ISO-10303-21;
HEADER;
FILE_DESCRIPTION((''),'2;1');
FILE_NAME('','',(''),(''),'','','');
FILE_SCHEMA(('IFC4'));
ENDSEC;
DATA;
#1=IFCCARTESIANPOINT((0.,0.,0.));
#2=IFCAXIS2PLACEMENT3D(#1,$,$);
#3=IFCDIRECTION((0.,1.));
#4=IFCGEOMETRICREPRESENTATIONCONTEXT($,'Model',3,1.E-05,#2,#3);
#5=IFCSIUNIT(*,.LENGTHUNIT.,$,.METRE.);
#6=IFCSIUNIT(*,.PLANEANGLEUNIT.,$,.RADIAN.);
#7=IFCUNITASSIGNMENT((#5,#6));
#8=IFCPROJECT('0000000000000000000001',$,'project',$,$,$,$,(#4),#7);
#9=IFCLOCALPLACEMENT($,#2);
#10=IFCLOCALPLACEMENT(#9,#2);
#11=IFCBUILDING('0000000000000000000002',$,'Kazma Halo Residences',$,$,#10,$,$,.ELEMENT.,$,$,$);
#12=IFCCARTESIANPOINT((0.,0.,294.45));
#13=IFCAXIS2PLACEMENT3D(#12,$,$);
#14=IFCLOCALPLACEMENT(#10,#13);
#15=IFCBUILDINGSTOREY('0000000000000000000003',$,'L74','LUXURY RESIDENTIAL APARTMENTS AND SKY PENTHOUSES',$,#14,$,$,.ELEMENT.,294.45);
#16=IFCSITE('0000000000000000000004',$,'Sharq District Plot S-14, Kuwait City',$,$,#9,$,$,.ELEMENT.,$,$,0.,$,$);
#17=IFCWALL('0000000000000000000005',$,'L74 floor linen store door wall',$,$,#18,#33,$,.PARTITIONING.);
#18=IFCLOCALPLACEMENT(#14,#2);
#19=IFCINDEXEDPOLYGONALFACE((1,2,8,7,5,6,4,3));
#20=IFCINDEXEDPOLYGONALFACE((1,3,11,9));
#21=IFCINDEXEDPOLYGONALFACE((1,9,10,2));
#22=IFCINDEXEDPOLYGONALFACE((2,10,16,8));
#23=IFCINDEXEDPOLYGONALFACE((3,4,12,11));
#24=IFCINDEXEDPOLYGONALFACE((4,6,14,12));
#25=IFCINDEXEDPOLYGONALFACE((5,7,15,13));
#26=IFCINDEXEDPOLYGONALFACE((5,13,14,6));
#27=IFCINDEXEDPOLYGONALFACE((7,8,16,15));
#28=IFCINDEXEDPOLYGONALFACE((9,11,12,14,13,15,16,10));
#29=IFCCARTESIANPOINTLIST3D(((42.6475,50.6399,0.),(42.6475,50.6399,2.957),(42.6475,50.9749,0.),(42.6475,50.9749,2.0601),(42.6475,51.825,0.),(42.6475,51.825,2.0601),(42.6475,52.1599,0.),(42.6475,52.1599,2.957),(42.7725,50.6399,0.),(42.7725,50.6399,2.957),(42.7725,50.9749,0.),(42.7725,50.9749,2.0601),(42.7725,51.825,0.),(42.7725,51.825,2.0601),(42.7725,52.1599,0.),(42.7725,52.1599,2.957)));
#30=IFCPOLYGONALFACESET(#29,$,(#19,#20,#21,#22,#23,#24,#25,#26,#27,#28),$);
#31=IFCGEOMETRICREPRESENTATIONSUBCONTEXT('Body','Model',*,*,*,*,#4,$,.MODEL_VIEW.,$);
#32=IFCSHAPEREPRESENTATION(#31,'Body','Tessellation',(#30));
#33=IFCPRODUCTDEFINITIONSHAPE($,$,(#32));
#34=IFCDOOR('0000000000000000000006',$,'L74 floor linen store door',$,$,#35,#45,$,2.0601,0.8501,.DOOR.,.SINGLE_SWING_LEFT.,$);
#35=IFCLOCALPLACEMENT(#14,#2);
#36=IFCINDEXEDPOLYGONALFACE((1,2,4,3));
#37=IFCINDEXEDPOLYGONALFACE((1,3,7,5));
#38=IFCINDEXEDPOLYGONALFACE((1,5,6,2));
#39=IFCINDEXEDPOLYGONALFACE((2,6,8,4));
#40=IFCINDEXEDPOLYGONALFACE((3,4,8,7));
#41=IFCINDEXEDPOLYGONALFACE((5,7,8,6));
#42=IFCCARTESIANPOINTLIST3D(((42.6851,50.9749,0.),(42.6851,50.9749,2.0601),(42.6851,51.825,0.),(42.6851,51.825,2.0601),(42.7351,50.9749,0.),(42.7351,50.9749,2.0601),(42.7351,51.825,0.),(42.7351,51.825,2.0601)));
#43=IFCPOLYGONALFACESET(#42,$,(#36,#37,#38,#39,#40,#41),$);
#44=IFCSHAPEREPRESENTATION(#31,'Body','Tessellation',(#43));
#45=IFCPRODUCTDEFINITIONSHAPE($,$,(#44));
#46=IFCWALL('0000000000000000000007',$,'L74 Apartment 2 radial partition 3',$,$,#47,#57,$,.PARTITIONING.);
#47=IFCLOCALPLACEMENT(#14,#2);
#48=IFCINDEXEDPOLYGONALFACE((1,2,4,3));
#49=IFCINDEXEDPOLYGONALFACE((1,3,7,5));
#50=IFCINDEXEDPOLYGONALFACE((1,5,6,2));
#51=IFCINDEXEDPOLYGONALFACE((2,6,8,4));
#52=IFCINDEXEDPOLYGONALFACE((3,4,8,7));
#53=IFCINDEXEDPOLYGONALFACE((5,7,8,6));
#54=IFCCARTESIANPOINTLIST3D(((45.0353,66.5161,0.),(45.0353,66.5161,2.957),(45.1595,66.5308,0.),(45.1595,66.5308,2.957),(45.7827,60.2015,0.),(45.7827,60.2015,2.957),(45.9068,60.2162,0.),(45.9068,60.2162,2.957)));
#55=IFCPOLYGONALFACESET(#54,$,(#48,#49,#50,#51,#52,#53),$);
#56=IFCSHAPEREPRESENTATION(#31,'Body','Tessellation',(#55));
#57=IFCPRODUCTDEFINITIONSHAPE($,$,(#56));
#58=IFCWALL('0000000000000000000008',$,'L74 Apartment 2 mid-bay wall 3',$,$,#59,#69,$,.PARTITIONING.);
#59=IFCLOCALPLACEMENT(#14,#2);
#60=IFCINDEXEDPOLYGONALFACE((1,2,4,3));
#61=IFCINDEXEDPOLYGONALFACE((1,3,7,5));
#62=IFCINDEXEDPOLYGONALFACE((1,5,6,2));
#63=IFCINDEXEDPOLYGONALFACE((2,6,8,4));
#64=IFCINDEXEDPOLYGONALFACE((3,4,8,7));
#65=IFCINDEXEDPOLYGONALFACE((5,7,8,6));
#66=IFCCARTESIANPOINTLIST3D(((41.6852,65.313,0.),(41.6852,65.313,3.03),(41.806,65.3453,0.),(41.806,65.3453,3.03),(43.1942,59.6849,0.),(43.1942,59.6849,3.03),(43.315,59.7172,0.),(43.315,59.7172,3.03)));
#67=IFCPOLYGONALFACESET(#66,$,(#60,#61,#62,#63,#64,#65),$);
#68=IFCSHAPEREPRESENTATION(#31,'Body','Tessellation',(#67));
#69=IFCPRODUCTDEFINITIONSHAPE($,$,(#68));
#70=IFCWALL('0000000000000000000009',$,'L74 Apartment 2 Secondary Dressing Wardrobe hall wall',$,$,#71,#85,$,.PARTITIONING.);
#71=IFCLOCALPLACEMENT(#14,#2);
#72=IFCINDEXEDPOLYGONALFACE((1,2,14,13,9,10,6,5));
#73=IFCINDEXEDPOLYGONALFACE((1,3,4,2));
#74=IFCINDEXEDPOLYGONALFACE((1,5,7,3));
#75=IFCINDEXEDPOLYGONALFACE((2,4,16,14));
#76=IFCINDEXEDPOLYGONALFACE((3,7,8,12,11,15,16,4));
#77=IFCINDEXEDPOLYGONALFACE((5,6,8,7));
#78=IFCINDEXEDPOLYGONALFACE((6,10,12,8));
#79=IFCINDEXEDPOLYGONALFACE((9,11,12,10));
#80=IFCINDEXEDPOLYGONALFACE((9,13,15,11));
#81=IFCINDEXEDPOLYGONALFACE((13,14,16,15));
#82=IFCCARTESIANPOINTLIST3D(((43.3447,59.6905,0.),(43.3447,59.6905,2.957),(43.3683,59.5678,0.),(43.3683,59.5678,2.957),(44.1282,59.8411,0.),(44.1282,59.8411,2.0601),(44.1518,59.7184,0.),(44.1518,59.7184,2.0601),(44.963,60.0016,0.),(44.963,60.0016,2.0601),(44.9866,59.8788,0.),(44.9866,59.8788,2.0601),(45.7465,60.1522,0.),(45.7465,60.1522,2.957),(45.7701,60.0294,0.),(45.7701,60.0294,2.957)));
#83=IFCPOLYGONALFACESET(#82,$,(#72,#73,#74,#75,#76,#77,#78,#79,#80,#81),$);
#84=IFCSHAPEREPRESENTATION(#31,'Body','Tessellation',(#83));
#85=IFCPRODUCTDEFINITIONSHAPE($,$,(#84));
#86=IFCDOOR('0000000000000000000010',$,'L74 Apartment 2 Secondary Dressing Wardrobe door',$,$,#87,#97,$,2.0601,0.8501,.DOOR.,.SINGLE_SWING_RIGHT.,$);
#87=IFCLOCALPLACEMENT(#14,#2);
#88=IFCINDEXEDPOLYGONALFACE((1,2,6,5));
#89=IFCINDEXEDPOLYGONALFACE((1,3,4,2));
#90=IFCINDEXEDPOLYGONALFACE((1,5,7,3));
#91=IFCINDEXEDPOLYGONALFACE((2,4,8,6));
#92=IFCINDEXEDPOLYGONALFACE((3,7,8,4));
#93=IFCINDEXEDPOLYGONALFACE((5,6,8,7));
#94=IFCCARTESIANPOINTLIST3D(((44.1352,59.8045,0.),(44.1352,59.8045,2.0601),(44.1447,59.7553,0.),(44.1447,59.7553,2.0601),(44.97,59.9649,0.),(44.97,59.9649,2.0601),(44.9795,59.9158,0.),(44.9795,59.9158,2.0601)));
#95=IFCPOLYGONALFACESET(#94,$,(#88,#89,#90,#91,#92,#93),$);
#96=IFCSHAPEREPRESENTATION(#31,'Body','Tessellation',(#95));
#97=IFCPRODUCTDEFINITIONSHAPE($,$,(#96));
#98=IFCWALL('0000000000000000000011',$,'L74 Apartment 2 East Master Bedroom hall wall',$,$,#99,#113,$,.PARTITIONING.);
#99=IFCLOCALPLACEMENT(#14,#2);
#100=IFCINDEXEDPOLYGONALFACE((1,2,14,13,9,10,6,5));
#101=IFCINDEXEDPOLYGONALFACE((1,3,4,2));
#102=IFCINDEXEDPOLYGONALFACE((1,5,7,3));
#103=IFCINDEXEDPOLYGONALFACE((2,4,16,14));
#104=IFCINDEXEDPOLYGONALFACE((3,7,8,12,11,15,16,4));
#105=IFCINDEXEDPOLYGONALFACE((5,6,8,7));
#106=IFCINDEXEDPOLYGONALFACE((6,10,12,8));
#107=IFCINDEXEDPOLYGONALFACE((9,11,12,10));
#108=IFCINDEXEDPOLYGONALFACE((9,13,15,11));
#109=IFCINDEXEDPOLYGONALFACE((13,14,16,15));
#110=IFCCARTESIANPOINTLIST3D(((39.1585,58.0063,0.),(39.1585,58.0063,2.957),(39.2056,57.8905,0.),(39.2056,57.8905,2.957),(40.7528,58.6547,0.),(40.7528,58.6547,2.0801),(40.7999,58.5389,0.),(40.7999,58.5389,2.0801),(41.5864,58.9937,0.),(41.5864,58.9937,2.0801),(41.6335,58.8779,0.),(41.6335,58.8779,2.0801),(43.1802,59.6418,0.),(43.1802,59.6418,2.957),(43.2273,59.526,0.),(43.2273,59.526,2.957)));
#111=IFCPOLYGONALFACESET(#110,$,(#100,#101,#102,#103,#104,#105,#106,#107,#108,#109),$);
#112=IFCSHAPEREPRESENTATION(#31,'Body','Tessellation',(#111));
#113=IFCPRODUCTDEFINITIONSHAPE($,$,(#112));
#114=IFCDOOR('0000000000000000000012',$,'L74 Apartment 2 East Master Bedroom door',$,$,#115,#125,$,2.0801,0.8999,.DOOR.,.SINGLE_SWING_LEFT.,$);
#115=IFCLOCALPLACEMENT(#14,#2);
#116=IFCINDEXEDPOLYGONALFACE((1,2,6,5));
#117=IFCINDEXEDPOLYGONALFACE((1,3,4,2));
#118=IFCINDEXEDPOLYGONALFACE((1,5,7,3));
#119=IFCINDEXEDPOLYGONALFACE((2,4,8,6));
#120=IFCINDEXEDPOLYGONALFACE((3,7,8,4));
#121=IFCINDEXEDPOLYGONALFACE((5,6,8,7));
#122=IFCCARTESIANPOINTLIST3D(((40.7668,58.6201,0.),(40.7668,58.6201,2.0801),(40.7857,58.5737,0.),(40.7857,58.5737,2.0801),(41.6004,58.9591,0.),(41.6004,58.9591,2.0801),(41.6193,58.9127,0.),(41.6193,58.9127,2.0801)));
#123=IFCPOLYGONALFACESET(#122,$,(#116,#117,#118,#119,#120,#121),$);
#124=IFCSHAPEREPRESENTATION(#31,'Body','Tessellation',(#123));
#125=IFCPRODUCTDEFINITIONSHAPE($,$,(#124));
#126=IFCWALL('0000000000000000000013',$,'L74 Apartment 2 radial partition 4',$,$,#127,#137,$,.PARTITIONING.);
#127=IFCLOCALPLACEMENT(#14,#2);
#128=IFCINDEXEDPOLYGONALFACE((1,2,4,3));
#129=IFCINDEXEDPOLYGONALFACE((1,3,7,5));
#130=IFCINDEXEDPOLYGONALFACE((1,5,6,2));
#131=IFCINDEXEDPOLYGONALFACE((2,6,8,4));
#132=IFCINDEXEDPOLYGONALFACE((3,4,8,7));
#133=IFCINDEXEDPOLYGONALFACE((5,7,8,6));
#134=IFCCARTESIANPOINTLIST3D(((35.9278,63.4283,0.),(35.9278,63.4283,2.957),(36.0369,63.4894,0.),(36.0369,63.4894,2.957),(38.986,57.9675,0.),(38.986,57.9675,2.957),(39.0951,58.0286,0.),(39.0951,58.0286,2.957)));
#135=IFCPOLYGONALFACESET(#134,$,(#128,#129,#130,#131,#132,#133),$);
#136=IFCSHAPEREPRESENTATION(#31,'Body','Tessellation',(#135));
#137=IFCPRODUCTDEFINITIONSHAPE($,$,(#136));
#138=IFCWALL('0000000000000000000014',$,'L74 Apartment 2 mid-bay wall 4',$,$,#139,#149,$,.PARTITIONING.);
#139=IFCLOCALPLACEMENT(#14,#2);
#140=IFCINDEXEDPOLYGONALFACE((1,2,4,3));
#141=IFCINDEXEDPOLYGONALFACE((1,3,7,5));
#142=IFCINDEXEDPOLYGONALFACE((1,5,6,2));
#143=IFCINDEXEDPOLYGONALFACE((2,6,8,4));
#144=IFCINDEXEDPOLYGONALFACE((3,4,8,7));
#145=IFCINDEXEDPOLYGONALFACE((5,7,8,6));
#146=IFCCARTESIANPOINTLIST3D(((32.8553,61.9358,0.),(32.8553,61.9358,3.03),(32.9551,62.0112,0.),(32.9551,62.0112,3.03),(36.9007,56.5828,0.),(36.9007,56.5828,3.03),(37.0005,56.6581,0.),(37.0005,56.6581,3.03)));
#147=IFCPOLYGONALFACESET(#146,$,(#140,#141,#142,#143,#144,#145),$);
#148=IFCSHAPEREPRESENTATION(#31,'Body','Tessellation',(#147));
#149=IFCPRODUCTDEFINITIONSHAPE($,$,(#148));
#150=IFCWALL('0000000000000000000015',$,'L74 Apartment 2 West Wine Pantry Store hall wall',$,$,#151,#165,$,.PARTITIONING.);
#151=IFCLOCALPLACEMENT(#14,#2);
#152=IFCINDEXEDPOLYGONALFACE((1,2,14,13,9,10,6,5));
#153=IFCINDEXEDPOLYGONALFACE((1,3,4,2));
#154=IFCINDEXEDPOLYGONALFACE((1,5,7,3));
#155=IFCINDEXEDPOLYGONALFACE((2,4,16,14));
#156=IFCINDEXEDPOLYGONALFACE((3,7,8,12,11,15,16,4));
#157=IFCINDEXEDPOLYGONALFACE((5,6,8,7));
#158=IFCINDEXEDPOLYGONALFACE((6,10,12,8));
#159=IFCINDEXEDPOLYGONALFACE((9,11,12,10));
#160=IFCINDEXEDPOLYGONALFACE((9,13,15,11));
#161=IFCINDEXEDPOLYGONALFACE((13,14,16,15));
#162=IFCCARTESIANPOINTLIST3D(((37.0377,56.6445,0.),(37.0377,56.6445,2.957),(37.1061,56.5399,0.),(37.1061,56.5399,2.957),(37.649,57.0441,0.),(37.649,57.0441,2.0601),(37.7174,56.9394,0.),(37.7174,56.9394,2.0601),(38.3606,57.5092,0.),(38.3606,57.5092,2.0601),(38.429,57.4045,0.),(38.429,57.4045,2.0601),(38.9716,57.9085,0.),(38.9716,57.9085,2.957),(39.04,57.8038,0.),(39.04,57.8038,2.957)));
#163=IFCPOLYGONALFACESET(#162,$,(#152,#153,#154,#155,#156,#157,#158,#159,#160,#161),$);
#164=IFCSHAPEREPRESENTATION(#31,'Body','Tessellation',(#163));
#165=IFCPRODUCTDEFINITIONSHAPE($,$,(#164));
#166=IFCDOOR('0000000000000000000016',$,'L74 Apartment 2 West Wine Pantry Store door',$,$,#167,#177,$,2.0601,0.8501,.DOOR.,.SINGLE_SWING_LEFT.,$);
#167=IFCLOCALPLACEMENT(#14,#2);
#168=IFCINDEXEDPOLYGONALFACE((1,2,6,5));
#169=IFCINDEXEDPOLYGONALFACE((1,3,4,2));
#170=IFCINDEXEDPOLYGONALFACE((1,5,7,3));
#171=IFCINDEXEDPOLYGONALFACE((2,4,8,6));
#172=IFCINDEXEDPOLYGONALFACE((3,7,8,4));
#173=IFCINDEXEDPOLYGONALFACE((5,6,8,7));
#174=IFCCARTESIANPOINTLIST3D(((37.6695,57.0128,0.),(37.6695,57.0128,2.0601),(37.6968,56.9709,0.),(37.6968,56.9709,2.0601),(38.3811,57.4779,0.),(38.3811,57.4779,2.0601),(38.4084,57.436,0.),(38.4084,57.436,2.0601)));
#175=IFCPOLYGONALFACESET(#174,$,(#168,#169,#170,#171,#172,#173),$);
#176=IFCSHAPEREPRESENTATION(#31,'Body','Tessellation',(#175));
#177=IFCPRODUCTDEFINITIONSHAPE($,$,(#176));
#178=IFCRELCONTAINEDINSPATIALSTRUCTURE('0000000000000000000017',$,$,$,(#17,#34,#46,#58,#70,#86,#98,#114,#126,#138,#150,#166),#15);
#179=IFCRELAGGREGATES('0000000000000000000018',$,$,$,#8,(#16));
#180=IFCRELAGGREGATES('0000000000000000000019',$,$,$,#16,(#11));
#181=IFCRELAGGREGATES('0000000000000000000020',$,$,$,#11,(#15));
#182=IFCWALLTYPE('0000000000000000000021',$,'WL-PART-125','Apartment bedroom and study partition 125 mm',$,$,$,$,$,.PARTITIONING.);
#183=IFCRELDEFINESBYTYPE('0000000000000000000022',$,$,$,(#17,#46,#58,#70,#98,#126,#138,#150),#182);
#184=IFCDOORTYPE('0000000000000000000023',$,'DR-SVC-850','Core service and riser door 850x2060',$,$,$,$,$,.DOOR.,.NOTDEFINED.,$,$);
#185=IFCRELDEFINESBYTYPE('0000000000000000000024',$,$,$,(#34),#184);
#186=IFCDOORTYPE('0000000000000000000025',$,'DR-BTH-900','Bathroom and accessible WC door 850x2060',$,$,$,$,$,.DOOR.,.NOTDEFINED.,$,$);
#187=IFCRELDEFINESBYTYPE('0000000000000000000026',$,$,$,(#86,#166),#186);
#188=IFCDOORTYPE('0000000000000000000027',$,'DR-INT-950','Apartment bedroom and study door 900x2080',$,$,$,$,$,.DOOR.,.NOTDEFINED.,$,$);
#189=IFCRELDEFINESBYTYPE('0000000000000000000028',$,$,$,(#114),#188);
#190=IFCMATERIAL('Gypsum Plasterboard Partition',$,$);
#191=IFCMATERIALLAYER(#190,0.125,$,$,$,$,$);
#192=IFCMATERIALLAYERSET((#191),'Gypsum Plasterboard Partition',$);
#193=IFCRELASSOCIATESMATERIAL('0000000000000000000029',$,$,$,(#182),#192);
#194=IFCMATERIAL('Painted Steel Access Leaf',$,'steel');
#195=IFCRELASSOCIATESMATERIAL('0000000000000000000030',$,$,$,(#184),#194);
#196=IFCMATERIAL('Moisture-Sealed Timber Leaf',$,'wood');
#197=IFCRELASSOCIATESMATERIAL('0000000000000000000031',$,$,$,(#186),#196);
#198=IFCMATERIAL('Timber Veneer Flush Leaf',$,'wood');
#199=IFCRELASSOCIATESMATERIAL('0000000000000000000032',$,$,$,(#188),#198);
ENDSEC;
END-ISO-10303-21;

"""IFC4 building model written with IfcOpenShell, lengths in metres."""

from ifc_helpers import new_model, si_unit, direction, frame, frame_2d, origin, place, context, subcontext, project, spatial, rectangle, extrude, material, layer, layer_set, type_object, element, fill, save


model = new_model("IFC4")

# Units and contexts
model_context = context("Model", 3, precision=1e-05, world=origin(), true_north=direction((0.0, 1.0)))
body_context = subcontext(model_context, "Body", "Model", "MODEL_VIEW")
ifc_project = project(units=[si_unit("LENGTHUNIT", "METRE"), si_unit("PLANEANGLEUNIT", "RADIAN")], contexts=[model_context])

# Site, building, storey
site_placement = place(None, origin())
site = spatial("IfcSite", under=ifc_project, at=site_placement, Name="Sharq District Plot S-14, Kuwait City", CompositionType="ELEMENT", RefElevation=0.0)
building_placement = place(site_placement, origin())
building = spatial("IfcBuilding", under=site, at=building_placement, Name="Kazma Halo Residences", CompositionType="ELEMENT")
storey_placement = place(building_placement, frame((0.0, 0.0, 294.45)))
storey = spatial("IfcBuildingStorey", under=building, at=storey_placement, Name="L74", Description="LUXURY RESIDENTIAL APARTMENTS AND SKY PENTHOUSES", CompositionType="ELEMENT", Elevation=294.45)

# Shared definitions
ifc_material_1 = material(Name="Gypsum Plasterboard Partition")
ifc_layer_1 = layer(ifc_material_1, 0.125)
ifc_layer_set_1 = layer_set([ifc_layer_1], Name="Gypsum Plasterboard Partition")
wall_type_1 = type_object("IfcWallType", Name="WL-PART-125", Description="Apartment bedroom and study partition 125 mm", PredefinedType="PARTITIONING", material=ifc_layer_set_1)

# Wall, opening, door
wall_1_placement = place(storey_placement, frame((42.71, 50.6399, 0.0), z_axis=(0.0, 0.0, 1.0), x_axis=(0.0, 1.0, 0.0)))
wall_1 = element("IfcWall", 1, at=wall_1_placement, inside=storey, type_object=wall_type_1, Name="L74 floor linen store door wall", PredefinedType="PARTITIONING", context=body_context, shape_type="SweptSolid", body=[
    extrude(rectangle(XDim=1.52, YDim=0.125, at=frame_2d((0.76, 0.0))), origin(), (0.0, 0.0, 1.0), 2.957),
])
opening_1_placement = place(wall_1_placement, frame((0.335, 0.0, 0.0)))
opening_1 = element("IfcOpeningElement", 2, at=opening_1_placement, cuts=wall_1, PredefinedType="OPENING", context=body_context, shape_type="SweptSolid", body=[
    extrude(rectangle(XDim=0.8501, YDim=2.0601, at=frame_2d((0.425, 1.03))), frame((0.0, 0.0725, 0.0), z_axis=(0.0, -1.0, 0.0), x_axis=(1.0, 0.0, 0.0)), (0.0, 0.0, 1.0), 0.145),
])
ifc_material_2 = material(Name="Painted Steel Access Leaf", Category="steel")
door_type_1 = type_object("IfcDoorType", Name="DR-SVC-850", Description="Core service and riser door 850x2060", OperationType="NOTDEFINED", PredefinedType="DOOR", material=ifc_material_2)
door_1_placement = place(opening_1_placement, origin())
door_1 = element("IfcDoor", 3, at=door_1_placement, inside=storey, type_object=door_type_1, Name="L74 floor linen store door", OperationType="SINGLE_SWING_LEFT", OverallHeight=2.0601, OverallWidth=0.8501, PredefinedType="DOOR", context=body_context, shape_type="SweptSolid", body=[
    extrude(rectangle(XDim=0.8501, YDim=2.0601, at=frame_2d((0.425, 1.03))), frame((0.0, 0.0249, 0.0), z_axis=(0.0, -1.0, 0.0), x_axis=(1.0, 0.0, 0.0)), (0.0, 0.0, 1.0), 0.05),
])
fill(opening_1, door_1)

# Walls
wall_2_placement = place(storey_placement, frame((45.8447, 60.209, 0.0), z_axis=(0.0, 0.0, 1.0), x_axis=(-0.11753, 0.993069, 0.0)))
element("IfcWall", 4, at=wall_2_placement, inside=storey, type_object=wall_type_1, Name="L74 Apartment 2 radial partition 3", PredefinedType="PARTITIONING", context=body_context, shape_type="SweptSolid", body=[
    extrude(rectangle(XDim=6.3586, YDim=0.125, at=frame_2d((3.1792, 0.0))), origin(), (0.0, 0.0, 1.0), 2.957),
])
wall_3_placement = place(storey_placement, frame((43.2546, 59.7009, 0.0), z_axis=(0.0, 0.0, 1.0), x_axis=(-0.258974, 0.965884, 0.0)))
element("IfcWall", 5, at=wall_3_placement, inside=storey, type_object=wall_type_1, Name="L74 Apartment 2 mid-bay wall 3", PredefinedType="PARTITIONING", context=body_context, shape_type="SweptSolid", body=[
    extrude(rectangle(XDim=5.8269, YDim=0.125, at=frame_2d((2.9136, 0.0))), origin(), (0.0, 0.0, 1.0), 3.03),
])

# Walls, openings, doors
wall_4_placement = place(storey_placement, frame((45.7583, 60.0908, 0.0), z_axis=(0.0, 0.0, 1.0), x_axis=(-0.982024, -0.188759, 0.0)))
wall_4 = element("IfcWall", 6, at=wall_4_placement, inside=storey, type_object=wall_type_1, Name="L74 Apartment 2 Secondary Dressing Wardrobe hall wall", PredefinedType="PARTITIONING", context=body_context, shape_type="SweptSolid", body=[
    extrude(rectangle(XDim=2.4458, YDim=0.125, at=frame_2d((1.2229, 0.0))), origin(), (0.0, 0.0, 1.0), 2.957),
])
opening_2_placement = place(wall_4_placement, frame((0.7979, 0.0, 0.0)))
opening_2 = element("IfcOpeningElement", 7, at=opening_2_placement, cuts=wall_4, PredefinedType="OPENING", context=body_context, shape_type="SweptSolid", body=[
    extrude(rectangle(XDim=0.8501, YDim=2.0601, at=frame_2d((0.425, 1.03))), frame((0.0, 0.0725, 0.0), z_axis=(0.0, -1.0, 0.0), x_axis=(1.0, 0.0, 0.0)), (0.0, 0.0, 1.0), 0.145),
])
ifc_material_3 = material(Name="Moisture-Sealed Timber Leaf", Category="wood")
door_type_2 = type_object("IfcDoorType", Name="DR-BTH-900", Description="Bathroom and accessible WC door 850x2060", OperationType="NOTDEFINED", PredefinedType="DOOR", material=ifc_material_3)
door_2_placement = place(opening_2_placement, origin())
door_2 = element("IfcDoor", 8, at=door_2_placement, inside=storey, type_object=door_type_2, Name="L74 Apartment 2 Secondary Dressing Wardrobe door", OperationType="SINGLE_SWING_RIGHT", OverallHeight=2.0601, OverallWidth=0.8501, PredefinedType="DOOR", context=body_context, shape_type="SweptSolid", body=[
    extrude(rectangle(XDim=0.8501, YDim=2.0601, at=frame_2d((0.425, 1.03))), frame((0.0, 0.0249, 0.0), z_axis=(0.0, -1.0, 0.0), x_axis=(1.0, 0.0, 0.0)), (0.0, 0.0, 1.0), 0.05),
])
fill(opening_2, door_2)
wall_5_placement = place(storey_placement, frame((43.2039, 59.584, 0.0), z_axis=(0.0, 0.0, 1.0), x_axis=(-0.926332, -0.376707, 0.0)))
wall_5 = element("IfcWall", 9, at=wall_5_placement, inside=storey, type_object=wall_type_1, Name="L74 Apartment 2 East Master Bedroom hall wall", PredefinedType="PARTITIONING", context=body_context, shape_type="SweptSolid", body=[
    extrude(rectangle(XDim=4.3416, YDim=0.125, at=frame_2d((2.1709, 0.0))), origin(), (0.0, 0.0, 1.0), 2.957),
])
opening_3_placement = place(wall_5_placement, frame((1.7207, 0.0, 0.0)))
opening_3 = element("IfcOpeningElement", 10, at=opening_3_placement, cuts=wall_5, PredefinedType="OPENING", context=body_context, shape_type="SweptSolid", body=[
    extrude(rectangle(XDim=0.8999, YDim=2.0801, at=frame_2d((0.45, 1.04))), frame((0.0, 0.0725, 0.0), z_axis=(0.0, -1.0, 0.0), x_axis=(1.0, 0.0, 0.0)), (0.0, 0.0, 1.0), 0.145),
])
ifc_material_4 = material(Name="Timber Veneer Flush Leaf", Category="wood")
door_type_3 = type_object("IfcDoorType", Name="DR-INT-950", Description="Apartment bedroom and study door 900x2080", OperationType="NOTDEFINED", PredefinedType="DOOR", material=ifc_material_4)
door_3_placement = place(opening_3_placement, origin())
door_3 = element("IfcDoor", 11, at=door_3_placement, inside=storey, type_object=door_type_3, Name="L74 Apartment 2 East Master Bedroom door", OperationType="SINGLE_SWING_LEFT", OverallHeight=2.0801, OverallWidth=0.8999, PredefinedType="DOOR", context=body_context, shape_type="SweptSolid", body=[
    extrude(rectangle(XDim=0.8999, YDim=2.0801, at=frame_2d((0.45, 1.04))), frame((0.0, 0.0249, 0.0), z_axis=(0.0, -1.0, 0.0), x_axis=(1.0, 0.0, 0.0)), (0.0, 0.0, 1.0), 0.05),
])
fill(opening_3, door_3)

# Walls
wall_6_placement = place(storey_placement, frame((39.0405, 57.998, 0.0), z_axis=(0.0, 0.0, 1.0), x_axis=(-0.488618, 0.872498, 0.0)))
element("IfcWall", 12, at=wall_6_placement, inside=storey, type_object=wall_type_1, Name="L74 Apartment 2 radial partition 4", PredefinedType="PARTITIONING", context=body_context, shape_type="SweptSolid", body=[
    extrude(rectangle(XDim=6.2588, YDim=0.125, at=frame_2d((3.1294, 0.0))), origin(), (0.0, 0.0, 1.0), 2.957),
])
wall_7_placement = place(storey_placement, frame((36.9507, 56.6204, 0.0), z_axis=(0.0, 0.0, 1.0), x_axis=(-0.602919, 0.797803, 0.0)))
element("IfcWall", 13, at=wall_7_placement, inside=storey, type_object=wall_type_1, Name="L74 Apartment 2 mid-bay wall 4", PredefinedType="PARTITIONING", context=body_context, shape_type="SweptSolid", body=[
    extrude(rectangle(XDim=6.7097, YDim=0.125, at=frame_2d((3.355, 0.0))), origin(), (0.0, 0.0, 1.0), 3.03),
])

# Wall, opening, door
wall_8_placement = place(storey_placement, frame((39.0059, 57.8562, 0.0), z_axis=(0.0, 0.0, 1.0), x_axis=(-0.837072, -0.547093, 0.0)))
wall_8 = element("IfcWall", 14, at=wall_8_placement, inside=storey, type_object=wall_type_1, Name="L74 Apartment 2 West Wine Pantry Store hall wall", PredefinedType="PARTITIONING", context=body_context, shape_type="SweptSolid", body=[
    extrude(rectangle(XDim=2.3103, YDim=0.125, at=frame_2d((1.1553, 0.0))), origin(), (0.0, 0.0, 1.0), 2.957),
])
opening_4_placement = place(wall_8_placement, frame((0.73, 0.0, 0.0)))
opening_4 = element("IfcOpeningElement", 15, at=opening_4_placement, cuts=wall_8, PredefinedType="OPENING", context=body_context, shape_type="SweptSolid", body=[
    extrude(rectangle(XDim=0.8501, YDim=2.0601, at=frame_2d((0.425, 1.03))), frame((0.0, 0.0725, 0.0), z_axis=(0.0, -1.0, 0.0), x_axis=(1.0, 0.0, 0.0)), (0.0, 0.0, 1.0), 0.145),
])
door_4_placement = place(opening_4_placement, origin())
door_4 = element("IfcDoor", 16, at=door_4_placement, inside=storey, type_object=door_type_2, Name="L74 Apartment 2 West Wine Pantry Store door", OperationType="SINGLE_SWING_LEFT", OverallHeight=2.0601, OverallWidth=0.8501, PredefinedType="DOOR", context=body_context, shape_type="SweptSolid", body=[
    extrude(rectangle(XDim=0.8501, YDim=2.0601, at=frame_2d((0.425, 1.03))), frame((0.0, 0.0249, 0.0), z_axis=(0.0, -1.0, 0.0), x_axis=(1.0, 0.0, 0.0)), (0.0, 0.0, 1.0), 0.05),
])
fill(opening_4, door_4)

save(model, "model.ifc")
